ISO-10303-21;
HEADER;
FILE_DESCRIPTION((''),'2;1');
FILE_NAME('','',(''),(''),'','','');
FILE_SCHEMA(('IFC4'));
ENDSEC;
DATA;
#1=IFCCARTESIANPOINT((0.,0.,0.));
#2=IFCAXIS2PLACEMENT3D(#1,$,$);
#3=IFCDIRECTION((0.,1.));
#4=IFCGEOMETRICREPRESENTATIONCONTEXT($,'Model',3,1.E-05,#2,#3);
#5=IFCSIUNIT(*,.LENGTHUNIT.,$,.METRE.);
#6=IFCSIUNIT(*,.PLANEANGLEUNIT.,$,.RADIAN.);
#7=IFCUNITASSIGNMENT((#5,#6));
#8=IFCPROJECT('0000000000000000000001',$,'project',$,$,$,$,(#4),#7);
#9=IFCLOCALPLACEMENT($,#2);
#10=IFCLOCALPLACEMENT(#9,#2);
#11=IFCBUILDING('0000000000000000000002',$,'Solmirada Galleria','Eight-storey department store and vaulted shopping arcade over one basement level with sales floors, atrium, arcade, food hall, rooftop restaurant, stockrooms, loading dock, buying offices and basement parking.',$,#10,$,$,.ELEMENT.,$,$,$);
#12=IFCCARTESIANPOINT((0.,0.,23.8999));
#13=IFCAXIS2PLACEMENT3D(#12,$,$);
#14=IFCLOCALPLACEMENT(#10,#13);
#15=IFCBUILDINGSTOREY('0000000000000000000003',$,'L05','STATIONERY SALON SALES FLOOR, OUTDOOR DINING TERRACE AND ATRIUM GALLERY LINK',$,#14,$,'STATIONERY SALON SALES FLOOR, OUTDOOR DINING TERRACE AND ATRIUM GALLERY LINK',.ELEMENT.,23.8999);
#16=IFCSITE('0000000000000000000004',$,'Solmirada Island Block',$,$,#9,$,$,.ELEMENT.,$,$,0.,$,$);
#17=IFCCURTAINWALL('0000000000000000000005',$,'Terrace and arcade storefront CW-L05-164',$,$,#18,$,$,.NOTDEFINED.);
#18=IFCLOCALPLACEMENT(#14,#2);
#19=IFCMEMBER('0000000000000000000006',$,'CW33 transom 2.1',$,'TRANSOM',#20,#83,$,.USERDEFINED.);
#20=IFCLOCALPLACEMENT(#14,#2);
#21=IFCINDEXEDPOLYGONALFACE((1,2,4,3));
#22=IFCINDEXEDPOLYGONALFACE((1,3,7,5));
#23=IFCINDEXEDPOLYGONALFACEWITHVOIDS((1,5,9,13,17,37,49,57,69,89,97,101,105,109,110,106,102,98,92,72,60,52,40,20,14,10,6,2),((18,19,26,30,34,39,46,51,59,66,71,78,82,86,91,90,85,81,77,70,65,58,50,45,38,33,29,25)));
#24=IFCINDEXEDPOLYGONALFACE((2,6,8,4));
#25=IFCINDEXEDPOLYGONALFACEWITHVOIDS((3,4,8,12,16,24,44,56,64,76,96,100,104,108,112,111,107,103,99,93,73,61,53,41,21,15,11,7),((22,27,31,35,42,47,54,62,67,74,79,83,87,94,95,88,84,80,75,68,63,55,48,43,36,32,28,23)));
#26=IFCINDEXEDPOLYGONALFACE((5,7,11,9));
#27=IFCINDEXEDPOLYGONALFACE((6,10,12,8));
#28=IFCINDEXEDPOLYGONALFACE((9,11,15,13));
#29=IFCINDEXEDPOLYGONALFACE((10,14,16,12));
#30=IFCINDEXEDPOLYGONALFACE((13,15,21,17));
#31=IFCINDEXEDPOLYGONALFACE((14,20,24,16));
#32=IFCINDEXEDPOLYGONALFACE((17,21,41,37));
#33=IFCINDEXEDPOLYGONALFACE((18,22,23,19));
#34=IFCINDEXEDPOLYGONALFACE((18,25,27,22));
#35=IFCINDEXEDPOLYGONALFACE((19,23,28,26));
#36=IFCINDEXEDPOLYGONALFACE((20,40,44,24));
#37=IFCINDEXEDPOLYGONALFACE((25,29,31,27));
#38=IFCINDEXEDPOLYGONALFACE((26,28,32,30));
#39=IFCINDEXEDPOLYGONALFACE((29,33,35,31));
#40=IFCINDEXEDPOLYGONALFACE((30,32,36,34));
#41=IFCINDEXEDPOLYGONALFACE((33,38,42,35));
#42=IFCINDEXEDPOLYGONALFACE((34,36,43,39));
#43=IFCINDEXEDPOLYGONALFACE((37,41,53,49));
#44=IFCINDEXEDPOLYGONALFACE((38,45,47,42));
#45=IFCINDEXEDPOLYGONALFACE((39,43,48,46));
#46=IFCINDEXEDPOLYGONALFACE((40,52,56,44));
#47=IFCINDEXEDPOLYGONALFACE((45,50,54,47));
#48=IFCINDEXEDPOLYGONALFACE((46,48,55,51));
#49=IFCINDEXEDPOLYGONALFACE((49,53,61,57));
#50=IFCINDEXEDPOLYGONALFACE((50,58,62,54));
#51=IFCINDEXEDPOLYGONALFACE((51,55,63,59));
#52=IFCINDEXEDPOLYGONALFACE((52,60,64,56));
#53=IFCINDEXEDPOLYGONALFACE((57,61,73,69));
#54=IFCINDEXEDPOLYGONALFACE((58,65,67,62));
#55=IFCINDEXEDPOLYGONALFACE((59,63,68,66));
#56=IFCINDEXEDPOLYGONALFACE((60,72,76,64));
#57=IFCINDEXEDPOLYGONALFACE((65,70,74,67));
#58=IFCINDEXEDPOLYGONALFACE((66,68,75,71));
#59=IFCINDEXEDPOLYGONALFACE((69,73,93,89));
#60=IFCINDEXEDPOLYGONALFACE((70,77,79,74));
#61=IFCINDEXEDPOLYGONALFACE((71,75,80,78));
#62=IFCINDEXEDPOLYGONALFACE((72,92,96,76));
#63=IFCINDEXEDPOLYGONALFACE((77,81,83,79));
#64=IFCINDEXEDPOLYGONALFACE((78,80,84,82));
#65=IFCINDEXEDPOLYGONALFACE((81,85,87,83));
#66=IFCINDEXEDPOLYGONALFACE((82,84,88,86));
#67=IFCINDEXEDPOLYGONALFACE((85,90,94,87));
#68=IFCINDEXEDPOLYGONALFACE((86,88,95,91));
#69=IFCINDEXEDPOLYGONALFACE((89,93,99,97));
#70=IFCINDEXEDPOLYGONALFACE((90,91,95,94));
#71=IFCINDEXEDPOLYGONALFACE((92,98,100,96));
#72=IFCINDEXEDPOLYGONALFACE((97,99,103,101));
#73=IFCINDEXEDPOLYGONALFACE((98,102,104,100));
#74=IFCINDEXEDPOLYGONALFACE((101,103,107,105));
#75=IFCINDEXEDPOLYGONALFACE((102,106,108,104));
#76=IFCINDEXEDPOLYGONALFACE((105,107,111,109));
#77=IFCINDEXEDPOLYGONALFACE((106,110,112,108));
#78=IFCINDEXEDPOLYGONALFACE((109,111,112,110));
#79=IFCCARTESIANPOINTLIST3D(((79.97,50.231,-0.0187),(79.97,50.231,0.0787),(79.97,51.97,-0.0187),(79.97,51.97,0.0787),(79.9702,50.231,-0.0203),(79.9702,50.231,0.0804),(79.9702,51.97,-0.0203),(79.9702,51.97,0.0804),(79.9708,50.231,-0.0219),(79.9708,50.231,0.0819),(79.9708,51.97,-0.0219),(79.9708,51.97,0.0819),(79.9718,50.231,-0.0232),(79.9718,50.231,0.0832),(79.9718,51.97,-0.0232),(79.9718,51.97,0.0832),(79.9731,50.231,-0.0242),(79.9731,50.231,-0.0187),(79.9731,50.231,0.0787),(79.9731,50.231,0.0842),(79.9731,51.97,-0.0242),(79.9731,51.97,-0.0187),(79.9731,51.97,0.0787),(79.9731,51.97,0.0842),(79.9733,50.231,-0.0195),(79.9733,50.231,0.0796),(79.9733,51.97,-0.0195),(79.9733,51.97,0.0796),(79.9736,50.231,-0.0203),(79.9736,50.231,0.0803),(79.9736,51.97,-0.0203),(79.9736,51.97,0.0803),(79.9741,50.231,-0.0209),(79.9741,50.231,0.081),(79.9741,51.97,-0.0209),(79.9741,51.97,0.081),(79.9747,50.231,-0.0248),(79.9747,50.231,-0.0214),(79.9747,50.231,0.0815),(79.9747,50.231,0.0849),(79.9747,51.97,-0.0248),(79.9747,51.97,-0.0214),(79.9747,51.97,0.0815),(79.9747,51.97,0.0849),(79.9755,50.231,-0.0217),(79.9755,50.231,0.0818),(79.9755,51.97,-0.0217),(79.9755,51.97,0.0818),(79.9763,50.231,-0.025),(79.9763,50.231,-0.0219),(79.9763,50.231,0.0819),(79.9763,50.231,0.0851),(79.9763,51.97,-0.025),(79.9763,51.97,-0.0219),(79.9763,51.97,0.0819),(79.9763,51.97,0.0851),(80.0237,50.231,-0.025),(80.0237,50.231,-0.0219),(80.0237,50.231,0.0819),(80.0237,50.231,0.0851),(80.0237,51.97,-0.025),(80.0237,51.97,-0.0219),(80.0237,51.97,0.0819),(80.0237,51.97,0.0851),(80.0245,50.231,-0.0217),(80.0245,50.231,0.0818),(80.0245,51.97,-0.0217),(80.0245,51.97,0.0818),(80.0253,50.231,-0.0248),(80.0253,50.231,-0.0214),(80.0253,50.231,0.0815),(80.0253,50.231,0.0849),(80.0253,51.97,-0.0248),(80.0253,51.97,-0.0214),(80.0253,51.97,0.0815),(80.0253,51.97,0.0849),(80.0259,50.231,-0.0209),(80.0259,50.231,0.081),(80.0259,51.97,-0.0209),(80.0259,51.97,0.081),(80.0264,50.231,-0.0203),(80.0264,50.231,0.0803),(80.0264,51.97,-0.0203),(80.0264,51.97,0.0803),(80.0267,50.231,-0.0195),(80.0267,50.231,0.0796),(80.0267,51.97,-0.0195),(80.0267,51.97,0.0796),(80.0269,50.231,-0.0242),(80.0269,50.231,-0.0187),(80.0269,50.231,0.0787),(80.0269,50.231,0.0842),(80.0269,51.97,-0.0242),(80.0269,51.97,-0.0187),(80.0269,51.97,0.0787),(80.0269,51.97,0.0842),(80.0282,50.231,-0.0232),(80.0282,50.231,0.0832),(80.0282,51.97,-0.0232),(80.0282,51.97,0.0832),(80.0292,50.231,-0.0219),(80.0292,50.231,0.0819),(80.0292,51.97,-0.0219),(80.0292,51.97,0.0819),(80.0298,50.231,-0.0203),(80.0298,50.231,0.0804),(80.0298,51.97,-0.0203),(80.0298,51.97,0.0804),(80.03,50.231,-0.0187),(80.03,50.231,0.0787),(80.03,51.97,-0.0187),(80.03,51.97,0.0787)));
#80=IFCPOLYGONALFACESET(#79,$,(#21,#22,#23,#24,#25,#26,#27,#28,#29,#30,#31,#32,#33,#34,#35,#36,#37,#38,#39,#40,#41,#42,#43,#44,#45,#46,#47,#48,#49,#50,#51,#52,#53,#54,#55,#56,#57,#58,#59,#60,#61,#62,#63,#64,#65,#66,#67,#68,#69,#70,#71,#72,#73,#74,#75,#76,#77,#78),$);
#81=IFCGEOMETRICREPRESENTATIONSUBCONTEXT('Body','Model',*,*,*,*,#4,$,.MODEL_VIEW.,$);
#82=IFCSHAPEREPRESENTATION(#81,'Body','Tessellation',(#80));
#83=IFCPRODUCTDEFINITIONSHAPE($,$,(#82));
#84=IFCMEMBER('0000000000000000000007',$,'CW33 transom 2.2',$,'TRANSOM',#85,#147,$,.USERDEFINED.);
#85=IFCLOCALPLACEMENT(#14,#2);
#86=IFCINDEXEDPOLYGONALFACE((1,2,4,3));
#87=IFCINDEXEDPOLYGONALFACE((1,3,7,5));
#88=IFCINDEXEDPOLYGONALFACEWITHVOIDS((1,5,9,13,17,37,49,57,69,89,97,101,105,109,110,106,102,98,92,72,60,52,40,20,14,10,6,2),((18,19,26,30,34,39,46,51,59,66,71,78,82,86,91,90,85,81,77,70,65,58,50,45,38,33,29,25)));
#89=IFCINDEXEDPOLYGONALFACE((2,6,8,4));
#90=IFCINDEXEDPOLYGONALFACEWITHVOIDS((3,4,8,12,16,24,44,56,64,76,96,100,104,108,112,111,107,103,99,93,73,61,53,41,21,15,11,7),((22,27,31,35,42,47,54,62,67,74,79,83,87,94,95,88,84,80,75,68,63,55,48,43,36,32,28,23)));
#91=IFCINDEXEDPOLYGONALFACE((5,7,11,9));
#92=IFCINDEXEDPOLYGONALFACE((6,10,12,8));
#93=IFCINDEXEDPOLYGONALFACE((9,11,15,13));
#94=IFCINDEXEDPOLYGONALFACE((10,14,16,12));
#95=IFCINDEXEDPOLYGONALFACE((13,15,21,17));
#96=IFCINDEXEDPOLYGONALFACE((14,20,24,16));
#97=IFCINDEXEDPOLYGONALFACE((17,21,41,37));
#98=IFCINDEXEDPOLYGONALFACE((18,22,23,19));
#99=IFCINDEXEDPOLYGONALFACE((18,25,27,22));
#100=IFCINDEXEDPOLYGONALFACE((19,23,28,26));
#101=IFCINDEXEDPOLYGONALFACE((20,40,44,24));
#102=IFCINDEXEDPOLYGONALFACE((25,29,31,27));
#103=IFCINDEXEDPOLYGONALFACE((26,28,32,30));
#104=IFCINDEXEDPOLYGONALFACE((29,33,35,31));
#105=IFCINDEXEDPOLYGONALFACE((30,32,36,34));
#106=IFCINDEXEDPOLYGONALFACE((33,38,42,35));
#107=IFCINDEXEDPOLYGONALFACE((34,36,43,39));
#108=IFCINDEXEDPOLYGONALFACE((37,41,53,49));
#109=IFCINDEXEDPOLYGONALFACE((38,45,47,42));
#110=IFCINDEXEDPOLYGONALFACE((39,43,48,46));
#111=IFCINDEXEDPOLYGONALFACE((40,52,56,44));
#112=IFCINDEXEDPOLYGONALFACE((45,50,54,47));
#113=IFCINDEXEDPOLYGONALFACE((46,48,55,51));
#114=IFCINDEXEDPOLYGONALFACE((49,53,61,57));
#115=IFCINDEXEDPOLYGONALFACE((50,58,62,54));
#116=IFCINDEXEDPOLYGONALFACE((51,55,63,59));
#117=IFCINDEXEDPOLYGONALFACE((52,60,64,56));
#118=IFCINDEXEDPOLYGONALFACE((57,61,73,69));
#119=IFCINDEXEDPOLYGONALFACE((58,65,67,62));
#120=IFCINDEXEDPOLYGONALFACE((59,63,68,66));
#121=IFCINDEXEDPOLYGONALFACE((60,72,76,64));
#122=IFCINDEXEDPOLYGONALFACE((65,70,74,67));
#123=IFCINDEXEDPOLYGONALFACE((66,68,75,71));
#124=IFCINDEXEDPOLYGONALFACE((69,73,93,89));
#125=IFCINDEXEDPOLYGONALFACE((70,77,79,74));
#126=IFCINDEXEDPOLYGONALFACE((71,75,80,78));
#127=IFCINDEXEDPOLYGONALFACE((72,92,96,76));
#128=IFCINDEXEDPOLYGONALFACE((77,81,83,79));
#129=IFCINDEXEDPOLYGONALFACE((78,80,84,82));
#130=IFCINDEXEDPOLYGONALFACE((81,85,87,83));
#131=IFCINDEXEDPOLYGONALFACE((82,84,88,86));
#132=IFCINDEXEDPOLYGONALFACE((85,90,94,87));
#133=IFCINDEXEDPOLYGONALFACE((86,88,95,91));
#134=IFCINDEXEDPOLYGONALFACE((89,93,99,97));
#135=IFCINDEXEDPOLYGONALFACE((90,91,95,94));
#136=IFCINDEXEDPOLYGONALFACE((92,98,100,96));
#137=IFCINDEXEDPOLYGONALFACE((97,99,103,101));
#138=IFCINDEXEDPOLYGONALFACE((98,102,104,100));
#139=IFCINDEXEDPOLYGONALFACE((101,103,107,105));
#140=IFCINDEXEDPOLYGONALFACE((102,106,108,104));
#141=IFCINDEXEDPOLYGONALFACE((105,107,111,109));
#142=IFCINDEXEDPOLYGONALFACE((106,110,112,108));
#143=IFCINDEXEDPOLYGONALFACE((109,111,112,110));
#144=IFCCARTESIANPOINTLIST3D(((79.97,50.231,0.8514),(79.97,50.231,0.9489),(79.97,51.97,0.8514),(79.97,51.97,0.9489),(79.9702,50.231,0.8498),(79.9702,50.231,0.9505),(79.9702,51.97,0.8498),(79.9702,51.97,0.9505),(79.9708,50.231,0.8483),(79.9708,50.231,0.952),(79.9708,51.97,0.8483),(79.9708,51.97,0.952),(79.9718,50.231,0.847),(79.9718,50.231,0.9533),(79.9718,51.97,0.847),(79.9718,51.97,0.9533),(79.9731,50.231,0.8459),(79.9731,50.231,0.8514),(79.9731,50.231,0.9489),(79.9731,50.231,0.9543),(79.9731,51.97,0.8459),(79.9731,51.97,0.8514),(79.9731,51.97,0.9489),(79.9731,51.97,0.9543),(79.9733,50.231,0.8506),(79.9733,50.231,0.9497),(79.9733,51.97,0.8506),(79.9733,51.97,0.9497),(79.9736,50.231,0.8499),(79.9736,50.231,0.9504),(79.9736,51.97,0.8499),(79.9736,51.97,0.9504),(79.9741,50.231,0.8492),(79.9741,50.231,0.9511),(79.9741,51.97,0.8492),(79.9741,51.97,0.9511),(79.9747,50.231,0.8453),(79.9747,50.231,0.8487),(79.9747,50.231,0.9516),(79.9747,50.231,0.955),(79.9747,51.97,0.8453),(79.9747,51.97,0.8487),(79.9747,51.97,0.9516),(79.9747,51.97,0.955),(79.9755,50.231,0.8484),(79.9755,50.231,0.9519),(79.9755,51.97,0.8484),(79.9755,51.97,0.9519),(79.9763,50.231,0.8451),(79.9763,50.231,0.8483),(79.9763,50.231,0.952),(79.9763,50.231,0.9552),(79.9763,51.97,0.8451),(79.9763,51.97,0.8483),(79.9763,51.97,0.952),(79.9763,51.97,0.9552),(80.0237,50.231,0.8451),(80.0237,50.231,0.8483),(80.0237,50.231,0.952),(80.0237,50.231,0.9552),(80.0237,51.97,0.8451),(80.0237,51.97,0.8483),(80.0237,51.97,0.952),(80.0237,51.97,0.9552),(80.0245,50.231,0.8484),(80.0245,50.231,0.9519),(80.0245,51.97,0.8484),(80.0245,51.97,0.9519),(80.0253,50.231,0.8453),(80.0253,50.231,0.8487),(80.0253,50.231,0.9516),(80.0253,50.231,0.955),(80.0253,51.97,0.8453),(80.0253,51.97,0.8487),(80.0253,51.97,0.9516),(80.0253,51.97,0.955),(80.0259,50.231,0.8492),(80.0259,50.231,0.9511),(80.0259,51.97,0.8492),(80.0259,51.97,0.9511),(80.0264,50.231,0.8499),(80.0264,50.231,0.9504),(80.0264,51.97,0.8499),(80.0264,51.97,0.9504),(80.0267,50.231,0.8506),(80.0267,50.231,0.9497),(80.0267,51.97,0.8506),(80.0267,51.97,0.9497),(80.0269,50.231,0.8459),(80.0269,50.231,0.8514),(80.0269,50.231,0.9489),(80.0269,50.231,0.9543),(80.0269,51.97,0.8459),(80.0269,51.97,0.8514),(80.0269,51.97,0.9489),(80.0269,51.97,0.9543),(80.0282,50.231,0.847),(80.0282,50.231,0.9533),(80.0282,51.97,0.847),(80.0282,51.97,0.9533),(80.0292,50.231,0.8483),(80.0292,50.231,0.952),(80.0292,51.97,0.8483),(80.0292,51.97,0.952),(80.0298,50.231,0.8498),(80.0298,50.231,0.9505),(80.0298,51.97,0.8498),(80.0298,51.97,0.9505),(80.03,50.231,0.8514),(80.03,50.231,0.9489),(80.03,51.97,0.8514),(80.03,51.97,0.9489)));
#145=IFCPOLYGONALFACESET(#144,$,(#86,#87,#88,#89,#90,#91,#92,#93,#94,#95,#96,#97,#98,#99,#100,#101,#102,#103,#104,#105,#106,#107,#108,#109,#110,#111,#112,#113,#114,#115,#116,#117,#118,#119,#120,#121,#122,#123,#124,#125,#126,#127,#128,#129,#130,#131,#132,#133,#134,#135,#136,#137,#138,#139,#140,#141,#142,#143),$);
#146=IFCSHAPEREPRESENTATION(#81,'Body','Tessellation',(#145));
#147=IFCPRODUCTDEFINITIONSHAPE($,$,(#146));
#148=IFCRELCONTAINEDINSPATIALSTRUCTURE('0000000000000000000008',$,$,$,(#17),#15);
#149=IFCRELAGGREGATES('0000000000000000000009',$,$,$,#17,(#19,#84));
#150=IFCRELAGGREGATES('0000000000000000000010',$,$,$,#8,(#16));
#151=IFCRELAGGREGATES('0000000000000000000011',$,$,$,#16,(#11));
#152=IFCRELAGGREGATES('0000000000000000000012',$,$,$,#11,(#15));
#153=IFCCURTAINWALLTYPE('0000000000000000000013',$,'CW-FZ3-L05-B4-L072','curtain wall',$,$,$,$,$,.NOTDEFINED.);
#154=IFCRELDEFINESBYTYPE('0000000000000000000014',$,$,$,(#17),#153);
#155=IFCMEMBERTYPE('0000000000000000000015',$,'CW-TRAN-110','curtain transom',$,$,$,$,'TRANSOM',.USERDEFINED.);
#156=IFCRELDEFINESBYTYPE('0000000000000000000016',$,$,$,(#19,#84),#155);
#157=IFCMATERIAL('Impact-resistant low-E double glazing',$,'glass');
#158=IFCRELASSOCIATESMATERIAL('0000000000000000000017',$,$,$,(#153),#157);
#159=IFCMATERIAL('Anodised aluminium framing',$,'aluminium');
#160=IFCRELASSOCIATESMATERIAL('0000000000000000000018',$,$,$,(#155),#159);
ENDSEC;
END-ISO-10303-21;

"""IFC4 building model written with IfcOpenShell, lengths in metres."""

from ifc_helpers import new_model, si_unit, direction, frame, origin, origin_2d, place, context, subcontext, project, spatial, hollow_rectangle, extrude, material, material_profile, profile_set, type_object, element, aggregate, save


model = new_model("IFC4")

# Units and contexts
model_context = context("Model", 3, precision=1e-05, world=origin(), true_north=direction((0.0, 1.0)))
body_context = subcontext(model_context, "Body", "Model", "MODEL_VIEW")
ifc_project = project(units=[si_unit("LENGTHUNIT", "METRE"), si_unit("PLANEANGLEUNIT", "RADIAN")], contexts=[model_context])

# Site, building, storey
site_placement = place(None, origin())
site = spatial("IfcSite", under=ifc_project, at=site_placement, Name="Solmirada Island Block", CompositionType="ELEMENT", RefElevation=0.0)
building_placement = place(site_placement, origin())
building = spatial("IfcBuilding", under=site, at=building_placement, Name="Solmirada Galleria", Description="Eight-storey department store and vaulted shopping arcade over one basement level with sales floors, atrium, arcade, food hall, rooftop restaurant, stockrooms, loading dock, buying offices and basement parking.", CompositionType="ELEMENT")
storey_placement = place(building_placement, frame((0.0, 0.0, 23.8999)))
storey = spatial("IfcBuildingStorey", under=building, at=storey_placement, Name="L05", Description="STATIONERY SALON SALES FLOOR, OUTDOOR DINING TERRACE AND ATRIUM GALLERY LINK", LongName="STATIONERY SALON SALES FLOOR, OUTDOOR DINING TERRACE AND ATRIUM GALLERY LINK", CompositionType="ELEMENT", Elevation=23.8999)

# Curtain wall, members
ifc_material_1 = material(Name="Impact-resistant low-E double glazing", Category="glass")
curtain_wall_type = type_object("IfcCurtainWallType", Name="CW-FZ3-L05-B4-L072", Description="curtain wall", PredefinedType="NOTDEFINED", material=ifc_material_1)
curtain_wall_placement = place(storey_placement, origin())
curtain_wall = element("IfcCurtainWall", 1, at=curtain_wall_placement, inside=storey, type_object=curtain_wall_type, Name="Terrace and arcade storefront CW-L05-164", PredefinedType="NOTDEFINED")
ifc_material_2 = material(Name="Anodised aluminium framing", Category="aluminium")
ifc_material_profile_1 = material_profile(ifc_material_2, hollow_rectangle(XDim=0.0601, YDim=0.1101, WallThickness=0.0032, InnerFilletRadius=0.0032, OuterFilletRadius=0.0063, at=origin_2d()), Name="ALU-TRAN-110X60")
ifc_profile_set_1 = profile_set([ifc_material_profile_1], Name="Anodised aluminium framing")
member_type_1 = type_object("IfcMemberType", Name="CW-TRAN-110", Description="curtain transom", ElementType="TRANSOM", PredefinedType="USERDEFINED", material=ifc_profile_set_1)
member_1_placement = place(storey_placement, frame((80.0, 50.231, 0.03), z_axis=(0.0, 1.0, 0.0), x_axis=(-1.0, 0.0, 0.0)))
member_1 = element("IfcMember", 2, at=member_1_placement, type_object=member_type_1, Name="CW33 transom 2.1", ObjectType="TRANSOM", PredefinedType="USERDEFINED", context=body_context, shape_type="SweptSolid", body=[
    extrude(hollow_rectangle(XDim=0.0601, YDim=0.1101, WallThickness=0.0032, InnerFilletRadius=0.0032, OuterFilletRadius=0.0063, at=origin_2d()), origin(), (0.0, 0.0, 1.0), 1.739),
])
member_2_placement = place(storey_placement, frame((80.0, 50.231, 0.9001), z_axis=(0.0, 1.0, 0.0), x_axis=(-1.0, 0.0, 0.0)))
member_2 = element("IfcMember", 3, at=member_2_placement, type_object=member_type_1, Name="CW33 transom 2.2", ObjectType="TRANSOM", PredefinedType="USERDEFINED", context=body_context, shape_type="SweptSolid", body=[
    extrude(hollow_rectangle(XDim=0.0601, YDim=0.1101, WallThickness=0.0032, InnerFilletRadius=0.0032, OuterFilletRadius=0.0063, at=origin_2d()), origin(), (0.0, 0.0, 1.0), 1.739),
])
aggregate(curtain_wall, [member_1, member_2])

save(model, "model.ifc")
